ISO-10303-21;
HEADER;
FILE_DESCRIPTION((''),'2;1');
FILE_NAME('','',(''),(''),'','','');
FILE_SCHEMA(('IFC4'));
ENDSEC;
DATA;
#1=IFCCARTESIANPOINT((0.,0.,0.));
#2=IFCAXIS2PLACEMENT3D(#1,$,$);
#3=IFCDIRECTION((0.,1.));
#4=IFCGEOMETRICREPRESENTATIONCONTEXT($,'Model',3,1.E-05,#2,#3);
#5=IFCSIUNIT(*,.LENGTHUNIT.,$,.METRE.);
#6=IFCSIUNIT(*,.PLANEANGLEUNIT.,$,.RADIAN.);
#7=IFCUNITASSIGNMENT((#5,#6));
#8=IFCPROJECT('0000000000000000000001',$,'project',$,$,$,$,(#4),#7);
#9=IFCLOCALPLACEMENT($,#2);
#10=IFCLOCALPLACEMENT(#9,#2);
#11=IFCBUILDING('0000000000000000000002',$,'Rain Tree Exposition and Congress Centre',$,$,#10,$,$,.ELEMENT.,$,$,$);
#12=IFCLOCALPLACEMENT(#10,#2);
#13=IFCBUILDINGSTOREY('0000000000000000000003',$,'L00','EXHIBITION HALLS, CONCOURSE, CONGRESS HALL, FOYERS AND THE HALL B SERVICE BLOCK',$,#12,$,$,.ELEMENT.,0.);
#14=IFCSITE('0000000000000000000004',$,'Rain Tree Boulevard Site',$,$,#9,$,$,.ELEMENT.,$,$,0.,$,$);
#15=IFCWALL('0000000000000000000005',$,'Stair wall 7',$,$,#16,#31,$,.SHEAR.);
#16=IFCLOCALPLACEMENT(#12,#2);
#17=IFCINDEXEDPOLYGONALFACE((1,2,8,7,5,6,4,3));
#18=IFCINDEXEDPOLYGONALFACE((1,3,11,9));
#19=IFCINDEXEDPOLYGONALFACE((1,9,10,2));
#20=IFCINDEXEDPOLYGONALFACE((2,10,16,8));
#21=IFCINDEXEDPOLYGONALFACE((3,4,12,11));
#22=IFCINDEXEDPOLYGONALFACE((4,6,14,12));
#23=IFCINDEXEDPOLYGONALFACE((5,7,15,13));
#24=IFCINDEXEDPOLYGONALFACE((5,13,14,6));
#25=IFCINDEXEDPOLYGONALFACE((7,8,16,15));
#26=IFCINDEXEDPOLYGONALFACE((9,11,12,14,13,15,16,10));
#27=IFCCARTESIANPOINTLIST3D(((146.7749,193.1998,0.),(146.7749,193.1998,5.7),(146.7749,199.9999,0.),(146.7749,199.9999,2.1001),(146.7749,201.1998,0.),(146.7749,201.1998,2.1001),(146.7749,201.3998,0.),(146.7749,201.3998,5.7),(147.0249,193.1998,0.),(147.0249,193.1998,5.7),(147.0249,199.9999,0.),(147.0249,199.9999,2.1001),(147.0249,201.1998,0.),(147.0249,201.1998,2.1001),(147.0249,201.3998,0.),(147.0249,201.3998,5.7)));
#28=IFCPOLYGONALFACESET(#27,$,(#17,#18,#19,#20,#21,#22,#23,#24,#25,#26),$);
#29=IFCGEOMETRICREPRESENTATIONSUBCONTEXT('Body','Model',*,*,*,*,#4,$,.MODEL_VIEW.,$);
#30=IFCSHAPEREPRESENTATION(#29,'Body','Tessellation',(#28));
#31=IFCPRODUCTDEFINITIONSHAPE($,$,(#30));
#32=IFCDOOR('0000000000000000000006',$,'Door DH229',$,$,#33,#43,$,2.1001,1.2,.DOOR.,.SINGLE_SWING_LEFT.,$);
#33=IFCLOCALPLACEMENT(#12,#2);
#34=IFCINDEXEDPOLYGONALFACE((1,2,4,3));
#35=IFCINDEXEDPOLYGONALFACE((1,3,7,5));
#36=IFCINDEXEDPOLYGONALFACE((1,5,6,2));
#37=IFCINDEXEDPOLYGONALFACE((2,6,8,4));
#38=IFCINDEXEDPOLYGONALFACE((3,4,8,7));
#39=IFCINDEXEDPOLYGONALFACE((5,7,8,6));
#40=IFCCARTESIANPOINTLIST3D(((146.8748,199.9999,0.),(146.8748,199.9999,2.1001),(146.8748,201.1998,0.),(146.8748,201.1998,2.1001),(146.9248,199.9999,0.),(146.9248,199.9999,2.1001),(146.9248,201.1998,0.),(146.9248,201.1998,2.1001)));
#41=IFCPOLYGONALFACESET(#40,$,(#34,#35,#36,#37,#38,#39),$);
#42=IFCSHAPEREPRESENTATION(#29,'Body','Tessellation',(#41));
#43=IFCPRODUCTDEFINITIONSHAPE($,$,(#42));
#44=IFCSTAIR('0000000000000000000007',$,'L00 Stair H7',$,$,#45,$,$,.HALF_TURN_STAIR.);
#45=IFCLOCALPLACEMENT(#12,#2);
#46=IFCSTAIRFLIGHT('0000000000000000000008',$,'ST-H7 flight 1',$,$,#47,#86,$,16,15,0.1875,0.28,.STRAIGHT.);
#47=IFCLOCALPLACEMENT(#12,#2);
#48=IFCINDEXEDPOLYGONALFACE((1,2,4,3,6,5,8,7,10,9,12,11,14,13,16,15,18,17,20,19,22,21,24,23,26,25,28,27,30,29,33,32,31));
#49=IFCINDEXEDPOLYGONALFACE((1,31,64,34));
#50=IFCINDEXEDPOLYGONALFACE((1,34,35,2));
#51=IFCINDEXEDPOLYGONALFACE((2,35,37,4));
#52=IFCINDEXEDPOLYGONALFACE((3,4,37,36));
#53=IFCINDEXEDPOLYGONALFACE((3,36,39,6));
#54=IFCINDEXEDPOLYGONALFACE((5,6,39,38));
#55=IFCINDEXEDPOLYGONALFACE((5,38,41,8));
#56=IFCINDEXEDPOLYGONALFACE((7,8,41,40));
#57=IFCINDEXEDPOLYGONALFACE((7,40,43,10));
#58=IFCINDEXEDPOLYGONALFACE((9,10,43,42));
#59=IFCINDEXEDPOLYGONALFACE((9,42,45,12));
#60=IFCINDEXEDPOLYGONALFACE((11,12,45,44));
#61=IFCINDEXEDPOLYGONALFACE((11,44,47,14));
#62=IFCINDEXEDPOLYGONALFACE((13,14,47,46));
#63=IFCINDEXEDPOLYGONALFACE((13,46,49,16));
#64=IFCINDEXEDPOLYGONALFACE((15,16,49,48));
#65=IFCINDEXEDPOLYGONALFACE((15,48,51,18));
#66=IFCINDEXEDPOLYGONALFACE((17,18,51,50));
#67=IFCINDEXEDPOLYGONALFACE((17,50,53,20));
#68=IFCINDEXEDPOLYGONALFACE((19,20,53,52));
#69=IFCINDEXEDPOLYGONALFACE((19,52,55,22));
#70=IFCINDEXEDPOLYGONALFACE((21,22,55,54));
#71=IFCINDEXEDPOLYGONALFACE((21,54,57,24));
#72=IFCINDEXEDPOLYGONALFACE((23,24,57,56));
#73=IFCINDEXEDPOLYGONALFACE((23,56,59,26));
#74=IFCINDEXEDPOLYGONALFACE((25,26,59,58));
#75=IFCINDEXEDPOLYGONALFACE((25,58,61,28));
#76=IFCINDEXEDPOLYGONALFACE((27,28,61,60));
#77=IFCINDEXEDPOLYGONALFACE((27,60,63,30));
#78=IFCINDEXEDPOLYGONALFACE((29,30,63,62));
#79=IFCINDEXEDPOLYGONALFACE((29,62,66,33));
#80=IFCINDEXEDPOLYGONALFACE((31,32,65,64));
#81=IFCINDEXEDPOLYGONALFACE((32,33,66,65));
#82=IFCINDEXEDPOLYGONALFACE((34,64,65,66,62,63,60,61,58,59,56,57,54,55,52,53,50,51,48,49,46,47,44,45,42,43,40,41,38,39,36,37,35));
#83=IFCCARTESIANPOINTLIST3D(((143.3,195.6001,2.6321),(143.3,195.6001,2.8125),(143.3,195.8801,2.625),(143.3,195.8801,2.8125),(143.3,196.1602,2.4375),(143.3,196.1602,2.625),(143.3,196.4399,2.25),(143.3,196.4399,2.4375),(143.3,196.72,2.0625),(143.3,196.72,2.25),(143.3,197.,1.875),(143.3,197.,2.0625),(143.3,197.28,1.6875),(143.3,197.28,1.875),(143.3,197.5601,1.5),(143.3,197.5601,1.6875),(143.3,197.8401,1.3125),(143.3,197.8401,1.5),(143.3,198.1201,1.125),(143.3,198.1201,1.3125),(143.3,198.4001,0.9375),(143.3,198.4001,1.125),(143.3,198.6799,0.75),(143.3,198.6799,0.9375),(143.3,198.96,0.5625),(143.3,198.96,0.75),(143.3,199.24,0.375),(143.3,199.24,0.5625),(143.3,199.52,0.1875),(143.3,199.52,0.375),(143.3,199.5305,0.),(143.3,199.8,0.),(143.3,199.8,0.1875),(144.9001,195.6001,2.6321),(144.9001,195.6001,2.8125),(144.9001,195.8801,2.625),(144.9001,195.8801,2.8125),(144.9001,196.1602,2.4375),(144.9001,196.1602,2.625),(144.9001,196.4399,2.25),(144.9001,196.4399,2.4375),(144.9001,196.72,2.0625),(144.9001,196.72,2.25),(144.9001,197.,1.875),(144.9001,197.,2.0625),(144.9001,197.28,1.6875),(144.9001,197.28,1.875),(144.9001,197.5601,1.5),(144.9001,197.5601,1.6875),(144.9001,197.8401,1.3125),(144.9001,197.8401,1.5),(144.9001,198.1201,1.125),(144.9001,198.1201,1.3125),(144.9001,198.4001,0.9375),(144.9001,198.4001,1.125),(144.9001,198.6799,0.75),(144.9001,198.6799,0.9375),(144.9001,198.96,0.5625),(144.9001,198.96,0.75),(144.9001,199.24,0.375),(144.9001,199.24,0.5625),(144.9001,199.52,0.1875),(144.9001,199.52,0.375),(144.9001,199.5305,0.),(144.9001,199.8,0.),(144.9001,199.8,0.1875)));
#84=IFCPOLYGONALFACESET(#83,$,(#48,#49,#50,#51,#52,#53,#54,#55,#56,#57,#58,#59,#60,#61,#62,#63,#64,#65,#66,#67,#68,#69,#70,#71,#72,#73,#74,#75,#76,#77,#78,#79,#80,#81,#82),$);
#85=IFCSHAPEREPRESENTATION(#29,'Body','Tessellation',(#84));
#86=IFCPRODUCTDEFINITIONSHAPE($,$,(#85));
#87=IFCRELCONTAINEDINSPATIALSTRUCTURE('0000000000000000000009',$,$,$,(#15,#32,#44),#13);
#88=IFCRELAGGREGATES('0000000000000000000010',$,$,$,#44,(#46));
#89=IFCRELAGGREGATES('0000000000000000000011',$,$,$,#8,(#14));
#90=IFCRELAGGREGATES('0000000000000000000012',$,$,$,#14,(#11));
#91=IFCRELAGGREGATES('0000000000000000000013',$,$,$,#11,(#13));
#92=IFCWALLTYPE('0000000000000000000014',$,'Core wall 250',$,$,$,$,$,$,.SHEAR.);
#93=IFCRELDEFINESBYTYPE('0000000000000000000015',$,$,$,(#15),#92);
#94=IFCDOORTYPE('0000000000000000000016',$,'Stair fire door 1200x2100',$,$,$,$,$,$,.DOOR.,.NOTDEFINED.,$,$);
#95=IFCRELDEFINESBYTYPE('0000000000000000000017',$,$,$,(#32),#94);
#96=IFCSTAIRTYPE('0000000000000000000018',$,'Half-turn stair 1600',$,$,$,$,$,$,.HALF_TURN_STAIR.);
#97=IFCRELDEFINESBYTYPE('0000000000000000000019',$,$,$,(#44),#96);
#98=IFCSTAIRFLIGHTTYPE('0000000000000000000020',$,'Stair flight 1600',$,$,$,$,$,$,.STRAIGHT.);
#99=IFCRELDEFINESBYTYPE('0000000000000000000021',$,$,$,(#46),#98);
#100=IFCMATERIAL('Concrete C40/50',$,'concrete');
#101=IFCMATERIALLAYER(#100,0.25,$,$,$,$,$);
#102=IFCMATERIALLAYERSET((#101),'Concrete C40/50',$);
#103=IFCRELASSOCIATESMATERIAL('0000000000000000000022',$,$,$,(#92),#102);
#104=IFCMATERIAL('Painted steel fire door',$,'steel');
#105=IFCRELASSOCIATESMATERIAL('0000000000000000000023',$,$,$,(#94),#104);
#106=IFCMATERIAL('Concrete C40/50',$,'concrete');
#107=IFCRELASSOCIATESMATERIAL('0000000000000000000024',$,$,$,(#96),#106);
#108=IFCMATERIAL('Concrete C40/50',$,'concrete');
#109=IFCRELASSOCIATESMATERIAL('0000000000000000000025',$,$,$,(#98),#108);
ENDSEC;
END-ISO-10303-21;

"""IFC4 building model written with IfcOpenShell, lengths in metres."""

from ifc_helpers import new_model, si_unit, direction, frame, frame_2d, origin, place, context, subcontext, project, spatial, polyline, rectangle, outline, extrude, material, layer, layer_set, type_object, element, fill, aggregate, save


model = new_model("IFC4")

# Units and contexts
model_context = context("Model", 3, precision=1e-05, world=origin(), true_north=direction((0.0, 1.0)))
body_context = subcontext(model_context, "Body", "Model", "MODEL_VIEW")
ifc_project = project(units=[si_unit("LENGTHUNIT", "METRE"), si_unit("PLANEANGLEUNIT", "RADIAN")], contexts=[model_context])

# Site, building, storey
site_placement = place(None, origin())
site = spatial("IfcSite", under=ifc_project, at=site_placement, Name="Rain Tree Boulevard Site", CompositionType="ELEMENT", RefElevation=0.0)
building_placement = place(site_placement, origin())
building = spatial("IfcBuilding", under=site, at=building_placement, Name="Rain Tree Exposition and Congress Centre", CompositionType="ELEMENT")
storey_placement = place(building_placement, origin())
storey = spatial("IfcBuildingStorey", under=building, at=storey_placement, Name="L00", Description="EXHIBITION HALLS, CONCOURSE, CONGRESS HALL, FOYERS AND THE HALL B SERVICE BLOCK", CompositionType="ELEMENT", Elevation=0.0)

# Wall, opening, door
ifc_material_1 = material(Name="Concrete C40/50", Category="concrete")
ifc_layer_1 = layer(ifc_material_1, 0.25)
ifc_layer_set_1 = layer_set([ifc_layer_1], Name="Concrete C40/50")
wall_type_1 = type_object("IfcWallType", Name="Core wall 250", PredefinedType="SHEAR", material=ifc_layer_set_1)
wall_1_placement = place(storey_placement, frame((146.8999, 201.3999, 0.0), z_axis=(0.0, 0.0, 1.0), x_axis=(0.0, -1.0, 0.0)))
wall_1 = element("IfcWall", 1, at=wall_1_placement, inside=storey, type_object=wall_type_1, Name="Stair wall 7", PredefinedType="SHEAR", context=body_context, shape_type="SweptSolid", body=[
    extrude(rectangle(XDim=8.2, YDim=0.25, at=frame_2d((4.1001, 0.0))), origin(), (0.0, 0.0, 1.0), 5.7),
])
opening_placement = place(wall_1_placement, frame((0.2, 0.0, 0.0)))
opening = element("IfcOpeningElement", 2, at=opening_placement, cuts=wall_1, PredefinedType="OPENING", context=body_context, shape_type="SweptSolid", body=[
    extrude(rectangle(XDim=1.2, YDim=2.1001, at=frame_2d((0.6001, 1.05))), frame((0.0, 0.125, 0.0), z_axis=(0.0, -1.0, 0.0), x_axis=(1.0, 0.0, 0.0)), (0.0, 0.0, 1.0), 0.25),
])
ifc_material_2 = material(Name="Painted steel fire door", Category="steel")
door_type = type_object("IfcDoorType", Name="Stair fire door 1200x2100", OperationType="NOTDEFINED", PredefinedType="DOOR", material=ifc_material_2)
door_placement = place(opening_placement, origin())
door = element("IfcDoor", 3, at=door_placement, inside=storey, type_object=door_type, Name="Door DH229", OperationType="SINGLE_SWING_LEFT", OverallHeight=2.1001, OverallWidth=1.2, PredefinedType="DOOR", context=body_context, shape_type="SweptSolid", body=[
    extrude(rectangle(XDim=1.2, YDim=2.1001, at=frame_2d((0.6001, 1.05))), frame((0.0, 0.0249, 0.0), z_axis=(0.0, -1.0, 0.0), x_axis=(1.0, 0.0, 0.0)), (0.0, 0.0, 1.0), 0.05),
])
fill(opening, door)

# Stair, stair flight
ifc_material_3 = material(Name="Concrete C40/50", Category="concrete")
stair_type = type_object("IfcStairType", Name="Half-turn stair 1600", PredefinedType="HALF_TURN_STAIR", material=ifc_material_3)
stair_placement = place(storey_placement, origin())
stair = element("IfcStair", 4, at=stair_placement, inside=storey, type_object=stair_type, Name="L00 Stair H7", PredefinedType="HALF_TURN_STAIR")
ifc_material_4 = material(Name="Concrete C40/50", Category="concrete")
stair_flight_type = type_object("IfcStairFlightType", Name="Stair flight 1600", PredefinedType="STRAIGHT", material=ifc_material_4)
stair_flight_placement = place(storey_placement, frame((144.1001, 199.8, 0.0), z_axis=(0.0, 0.0, 1.0), x_axis=(0.0, -1.0, 0.0)))
stair_flight = element("IfcStairFlight", 5, at=stair_flight_placement, type_object=stair_flight_type, Name="ST-H7 flight 1", NumberOfRisers=16, NumberOfTreads=15, PredefinedType="STRAIGHT", RiserHeight=0.1875, TreadLength=0.28, context=body_context, shape_type="SweptSolid", body=[
    extrude(outline(polyline([(0.0, 0.0), (0.0, 0.1875), (0.28, 0.1875), (0.28, 0.375), (0.5601, 0.375), (0.5601, 0.5625), (0.8401, 0.5625), (0.8401, 0.75), (1.1201, 0.75), (1.1201, 0.9375), (1.3999, 0.9375), (1.3999, 1.125), (1.6799, 1.125), (1.6799, 1.3125), (1.96, 1.3125), (1.96, 1.5), (2.24, 1.5), (2.24, 1.6875), (2.52, 1.6875), (2.52, 1.875), (2.8, 1.875), (2.8, 2.0625), (3.0801, 2.0625), (3.0801, 2.25), (3.3601, 2.25), (3.3601, 2.4375), (3.6399, 2.4375), (3.6399, 2.625), (3.9199, 2.625), (3.9199, 2.8125), (4.2, 2.8125), (4.2, 3.0), (4.2, 2.6321), (0.2695, 0.0), (0.0, 0.0)])), frame((0.0, 0.8, 0.0), z_axis=(0.0, -1.0, 0.0), x_axis=(1.0, 0.0, 0.0)), (0.0, 0.0, 1.0), 1.6001),
])
aggregate(stair, [stair_flight])

save(model, "model.ifc")
